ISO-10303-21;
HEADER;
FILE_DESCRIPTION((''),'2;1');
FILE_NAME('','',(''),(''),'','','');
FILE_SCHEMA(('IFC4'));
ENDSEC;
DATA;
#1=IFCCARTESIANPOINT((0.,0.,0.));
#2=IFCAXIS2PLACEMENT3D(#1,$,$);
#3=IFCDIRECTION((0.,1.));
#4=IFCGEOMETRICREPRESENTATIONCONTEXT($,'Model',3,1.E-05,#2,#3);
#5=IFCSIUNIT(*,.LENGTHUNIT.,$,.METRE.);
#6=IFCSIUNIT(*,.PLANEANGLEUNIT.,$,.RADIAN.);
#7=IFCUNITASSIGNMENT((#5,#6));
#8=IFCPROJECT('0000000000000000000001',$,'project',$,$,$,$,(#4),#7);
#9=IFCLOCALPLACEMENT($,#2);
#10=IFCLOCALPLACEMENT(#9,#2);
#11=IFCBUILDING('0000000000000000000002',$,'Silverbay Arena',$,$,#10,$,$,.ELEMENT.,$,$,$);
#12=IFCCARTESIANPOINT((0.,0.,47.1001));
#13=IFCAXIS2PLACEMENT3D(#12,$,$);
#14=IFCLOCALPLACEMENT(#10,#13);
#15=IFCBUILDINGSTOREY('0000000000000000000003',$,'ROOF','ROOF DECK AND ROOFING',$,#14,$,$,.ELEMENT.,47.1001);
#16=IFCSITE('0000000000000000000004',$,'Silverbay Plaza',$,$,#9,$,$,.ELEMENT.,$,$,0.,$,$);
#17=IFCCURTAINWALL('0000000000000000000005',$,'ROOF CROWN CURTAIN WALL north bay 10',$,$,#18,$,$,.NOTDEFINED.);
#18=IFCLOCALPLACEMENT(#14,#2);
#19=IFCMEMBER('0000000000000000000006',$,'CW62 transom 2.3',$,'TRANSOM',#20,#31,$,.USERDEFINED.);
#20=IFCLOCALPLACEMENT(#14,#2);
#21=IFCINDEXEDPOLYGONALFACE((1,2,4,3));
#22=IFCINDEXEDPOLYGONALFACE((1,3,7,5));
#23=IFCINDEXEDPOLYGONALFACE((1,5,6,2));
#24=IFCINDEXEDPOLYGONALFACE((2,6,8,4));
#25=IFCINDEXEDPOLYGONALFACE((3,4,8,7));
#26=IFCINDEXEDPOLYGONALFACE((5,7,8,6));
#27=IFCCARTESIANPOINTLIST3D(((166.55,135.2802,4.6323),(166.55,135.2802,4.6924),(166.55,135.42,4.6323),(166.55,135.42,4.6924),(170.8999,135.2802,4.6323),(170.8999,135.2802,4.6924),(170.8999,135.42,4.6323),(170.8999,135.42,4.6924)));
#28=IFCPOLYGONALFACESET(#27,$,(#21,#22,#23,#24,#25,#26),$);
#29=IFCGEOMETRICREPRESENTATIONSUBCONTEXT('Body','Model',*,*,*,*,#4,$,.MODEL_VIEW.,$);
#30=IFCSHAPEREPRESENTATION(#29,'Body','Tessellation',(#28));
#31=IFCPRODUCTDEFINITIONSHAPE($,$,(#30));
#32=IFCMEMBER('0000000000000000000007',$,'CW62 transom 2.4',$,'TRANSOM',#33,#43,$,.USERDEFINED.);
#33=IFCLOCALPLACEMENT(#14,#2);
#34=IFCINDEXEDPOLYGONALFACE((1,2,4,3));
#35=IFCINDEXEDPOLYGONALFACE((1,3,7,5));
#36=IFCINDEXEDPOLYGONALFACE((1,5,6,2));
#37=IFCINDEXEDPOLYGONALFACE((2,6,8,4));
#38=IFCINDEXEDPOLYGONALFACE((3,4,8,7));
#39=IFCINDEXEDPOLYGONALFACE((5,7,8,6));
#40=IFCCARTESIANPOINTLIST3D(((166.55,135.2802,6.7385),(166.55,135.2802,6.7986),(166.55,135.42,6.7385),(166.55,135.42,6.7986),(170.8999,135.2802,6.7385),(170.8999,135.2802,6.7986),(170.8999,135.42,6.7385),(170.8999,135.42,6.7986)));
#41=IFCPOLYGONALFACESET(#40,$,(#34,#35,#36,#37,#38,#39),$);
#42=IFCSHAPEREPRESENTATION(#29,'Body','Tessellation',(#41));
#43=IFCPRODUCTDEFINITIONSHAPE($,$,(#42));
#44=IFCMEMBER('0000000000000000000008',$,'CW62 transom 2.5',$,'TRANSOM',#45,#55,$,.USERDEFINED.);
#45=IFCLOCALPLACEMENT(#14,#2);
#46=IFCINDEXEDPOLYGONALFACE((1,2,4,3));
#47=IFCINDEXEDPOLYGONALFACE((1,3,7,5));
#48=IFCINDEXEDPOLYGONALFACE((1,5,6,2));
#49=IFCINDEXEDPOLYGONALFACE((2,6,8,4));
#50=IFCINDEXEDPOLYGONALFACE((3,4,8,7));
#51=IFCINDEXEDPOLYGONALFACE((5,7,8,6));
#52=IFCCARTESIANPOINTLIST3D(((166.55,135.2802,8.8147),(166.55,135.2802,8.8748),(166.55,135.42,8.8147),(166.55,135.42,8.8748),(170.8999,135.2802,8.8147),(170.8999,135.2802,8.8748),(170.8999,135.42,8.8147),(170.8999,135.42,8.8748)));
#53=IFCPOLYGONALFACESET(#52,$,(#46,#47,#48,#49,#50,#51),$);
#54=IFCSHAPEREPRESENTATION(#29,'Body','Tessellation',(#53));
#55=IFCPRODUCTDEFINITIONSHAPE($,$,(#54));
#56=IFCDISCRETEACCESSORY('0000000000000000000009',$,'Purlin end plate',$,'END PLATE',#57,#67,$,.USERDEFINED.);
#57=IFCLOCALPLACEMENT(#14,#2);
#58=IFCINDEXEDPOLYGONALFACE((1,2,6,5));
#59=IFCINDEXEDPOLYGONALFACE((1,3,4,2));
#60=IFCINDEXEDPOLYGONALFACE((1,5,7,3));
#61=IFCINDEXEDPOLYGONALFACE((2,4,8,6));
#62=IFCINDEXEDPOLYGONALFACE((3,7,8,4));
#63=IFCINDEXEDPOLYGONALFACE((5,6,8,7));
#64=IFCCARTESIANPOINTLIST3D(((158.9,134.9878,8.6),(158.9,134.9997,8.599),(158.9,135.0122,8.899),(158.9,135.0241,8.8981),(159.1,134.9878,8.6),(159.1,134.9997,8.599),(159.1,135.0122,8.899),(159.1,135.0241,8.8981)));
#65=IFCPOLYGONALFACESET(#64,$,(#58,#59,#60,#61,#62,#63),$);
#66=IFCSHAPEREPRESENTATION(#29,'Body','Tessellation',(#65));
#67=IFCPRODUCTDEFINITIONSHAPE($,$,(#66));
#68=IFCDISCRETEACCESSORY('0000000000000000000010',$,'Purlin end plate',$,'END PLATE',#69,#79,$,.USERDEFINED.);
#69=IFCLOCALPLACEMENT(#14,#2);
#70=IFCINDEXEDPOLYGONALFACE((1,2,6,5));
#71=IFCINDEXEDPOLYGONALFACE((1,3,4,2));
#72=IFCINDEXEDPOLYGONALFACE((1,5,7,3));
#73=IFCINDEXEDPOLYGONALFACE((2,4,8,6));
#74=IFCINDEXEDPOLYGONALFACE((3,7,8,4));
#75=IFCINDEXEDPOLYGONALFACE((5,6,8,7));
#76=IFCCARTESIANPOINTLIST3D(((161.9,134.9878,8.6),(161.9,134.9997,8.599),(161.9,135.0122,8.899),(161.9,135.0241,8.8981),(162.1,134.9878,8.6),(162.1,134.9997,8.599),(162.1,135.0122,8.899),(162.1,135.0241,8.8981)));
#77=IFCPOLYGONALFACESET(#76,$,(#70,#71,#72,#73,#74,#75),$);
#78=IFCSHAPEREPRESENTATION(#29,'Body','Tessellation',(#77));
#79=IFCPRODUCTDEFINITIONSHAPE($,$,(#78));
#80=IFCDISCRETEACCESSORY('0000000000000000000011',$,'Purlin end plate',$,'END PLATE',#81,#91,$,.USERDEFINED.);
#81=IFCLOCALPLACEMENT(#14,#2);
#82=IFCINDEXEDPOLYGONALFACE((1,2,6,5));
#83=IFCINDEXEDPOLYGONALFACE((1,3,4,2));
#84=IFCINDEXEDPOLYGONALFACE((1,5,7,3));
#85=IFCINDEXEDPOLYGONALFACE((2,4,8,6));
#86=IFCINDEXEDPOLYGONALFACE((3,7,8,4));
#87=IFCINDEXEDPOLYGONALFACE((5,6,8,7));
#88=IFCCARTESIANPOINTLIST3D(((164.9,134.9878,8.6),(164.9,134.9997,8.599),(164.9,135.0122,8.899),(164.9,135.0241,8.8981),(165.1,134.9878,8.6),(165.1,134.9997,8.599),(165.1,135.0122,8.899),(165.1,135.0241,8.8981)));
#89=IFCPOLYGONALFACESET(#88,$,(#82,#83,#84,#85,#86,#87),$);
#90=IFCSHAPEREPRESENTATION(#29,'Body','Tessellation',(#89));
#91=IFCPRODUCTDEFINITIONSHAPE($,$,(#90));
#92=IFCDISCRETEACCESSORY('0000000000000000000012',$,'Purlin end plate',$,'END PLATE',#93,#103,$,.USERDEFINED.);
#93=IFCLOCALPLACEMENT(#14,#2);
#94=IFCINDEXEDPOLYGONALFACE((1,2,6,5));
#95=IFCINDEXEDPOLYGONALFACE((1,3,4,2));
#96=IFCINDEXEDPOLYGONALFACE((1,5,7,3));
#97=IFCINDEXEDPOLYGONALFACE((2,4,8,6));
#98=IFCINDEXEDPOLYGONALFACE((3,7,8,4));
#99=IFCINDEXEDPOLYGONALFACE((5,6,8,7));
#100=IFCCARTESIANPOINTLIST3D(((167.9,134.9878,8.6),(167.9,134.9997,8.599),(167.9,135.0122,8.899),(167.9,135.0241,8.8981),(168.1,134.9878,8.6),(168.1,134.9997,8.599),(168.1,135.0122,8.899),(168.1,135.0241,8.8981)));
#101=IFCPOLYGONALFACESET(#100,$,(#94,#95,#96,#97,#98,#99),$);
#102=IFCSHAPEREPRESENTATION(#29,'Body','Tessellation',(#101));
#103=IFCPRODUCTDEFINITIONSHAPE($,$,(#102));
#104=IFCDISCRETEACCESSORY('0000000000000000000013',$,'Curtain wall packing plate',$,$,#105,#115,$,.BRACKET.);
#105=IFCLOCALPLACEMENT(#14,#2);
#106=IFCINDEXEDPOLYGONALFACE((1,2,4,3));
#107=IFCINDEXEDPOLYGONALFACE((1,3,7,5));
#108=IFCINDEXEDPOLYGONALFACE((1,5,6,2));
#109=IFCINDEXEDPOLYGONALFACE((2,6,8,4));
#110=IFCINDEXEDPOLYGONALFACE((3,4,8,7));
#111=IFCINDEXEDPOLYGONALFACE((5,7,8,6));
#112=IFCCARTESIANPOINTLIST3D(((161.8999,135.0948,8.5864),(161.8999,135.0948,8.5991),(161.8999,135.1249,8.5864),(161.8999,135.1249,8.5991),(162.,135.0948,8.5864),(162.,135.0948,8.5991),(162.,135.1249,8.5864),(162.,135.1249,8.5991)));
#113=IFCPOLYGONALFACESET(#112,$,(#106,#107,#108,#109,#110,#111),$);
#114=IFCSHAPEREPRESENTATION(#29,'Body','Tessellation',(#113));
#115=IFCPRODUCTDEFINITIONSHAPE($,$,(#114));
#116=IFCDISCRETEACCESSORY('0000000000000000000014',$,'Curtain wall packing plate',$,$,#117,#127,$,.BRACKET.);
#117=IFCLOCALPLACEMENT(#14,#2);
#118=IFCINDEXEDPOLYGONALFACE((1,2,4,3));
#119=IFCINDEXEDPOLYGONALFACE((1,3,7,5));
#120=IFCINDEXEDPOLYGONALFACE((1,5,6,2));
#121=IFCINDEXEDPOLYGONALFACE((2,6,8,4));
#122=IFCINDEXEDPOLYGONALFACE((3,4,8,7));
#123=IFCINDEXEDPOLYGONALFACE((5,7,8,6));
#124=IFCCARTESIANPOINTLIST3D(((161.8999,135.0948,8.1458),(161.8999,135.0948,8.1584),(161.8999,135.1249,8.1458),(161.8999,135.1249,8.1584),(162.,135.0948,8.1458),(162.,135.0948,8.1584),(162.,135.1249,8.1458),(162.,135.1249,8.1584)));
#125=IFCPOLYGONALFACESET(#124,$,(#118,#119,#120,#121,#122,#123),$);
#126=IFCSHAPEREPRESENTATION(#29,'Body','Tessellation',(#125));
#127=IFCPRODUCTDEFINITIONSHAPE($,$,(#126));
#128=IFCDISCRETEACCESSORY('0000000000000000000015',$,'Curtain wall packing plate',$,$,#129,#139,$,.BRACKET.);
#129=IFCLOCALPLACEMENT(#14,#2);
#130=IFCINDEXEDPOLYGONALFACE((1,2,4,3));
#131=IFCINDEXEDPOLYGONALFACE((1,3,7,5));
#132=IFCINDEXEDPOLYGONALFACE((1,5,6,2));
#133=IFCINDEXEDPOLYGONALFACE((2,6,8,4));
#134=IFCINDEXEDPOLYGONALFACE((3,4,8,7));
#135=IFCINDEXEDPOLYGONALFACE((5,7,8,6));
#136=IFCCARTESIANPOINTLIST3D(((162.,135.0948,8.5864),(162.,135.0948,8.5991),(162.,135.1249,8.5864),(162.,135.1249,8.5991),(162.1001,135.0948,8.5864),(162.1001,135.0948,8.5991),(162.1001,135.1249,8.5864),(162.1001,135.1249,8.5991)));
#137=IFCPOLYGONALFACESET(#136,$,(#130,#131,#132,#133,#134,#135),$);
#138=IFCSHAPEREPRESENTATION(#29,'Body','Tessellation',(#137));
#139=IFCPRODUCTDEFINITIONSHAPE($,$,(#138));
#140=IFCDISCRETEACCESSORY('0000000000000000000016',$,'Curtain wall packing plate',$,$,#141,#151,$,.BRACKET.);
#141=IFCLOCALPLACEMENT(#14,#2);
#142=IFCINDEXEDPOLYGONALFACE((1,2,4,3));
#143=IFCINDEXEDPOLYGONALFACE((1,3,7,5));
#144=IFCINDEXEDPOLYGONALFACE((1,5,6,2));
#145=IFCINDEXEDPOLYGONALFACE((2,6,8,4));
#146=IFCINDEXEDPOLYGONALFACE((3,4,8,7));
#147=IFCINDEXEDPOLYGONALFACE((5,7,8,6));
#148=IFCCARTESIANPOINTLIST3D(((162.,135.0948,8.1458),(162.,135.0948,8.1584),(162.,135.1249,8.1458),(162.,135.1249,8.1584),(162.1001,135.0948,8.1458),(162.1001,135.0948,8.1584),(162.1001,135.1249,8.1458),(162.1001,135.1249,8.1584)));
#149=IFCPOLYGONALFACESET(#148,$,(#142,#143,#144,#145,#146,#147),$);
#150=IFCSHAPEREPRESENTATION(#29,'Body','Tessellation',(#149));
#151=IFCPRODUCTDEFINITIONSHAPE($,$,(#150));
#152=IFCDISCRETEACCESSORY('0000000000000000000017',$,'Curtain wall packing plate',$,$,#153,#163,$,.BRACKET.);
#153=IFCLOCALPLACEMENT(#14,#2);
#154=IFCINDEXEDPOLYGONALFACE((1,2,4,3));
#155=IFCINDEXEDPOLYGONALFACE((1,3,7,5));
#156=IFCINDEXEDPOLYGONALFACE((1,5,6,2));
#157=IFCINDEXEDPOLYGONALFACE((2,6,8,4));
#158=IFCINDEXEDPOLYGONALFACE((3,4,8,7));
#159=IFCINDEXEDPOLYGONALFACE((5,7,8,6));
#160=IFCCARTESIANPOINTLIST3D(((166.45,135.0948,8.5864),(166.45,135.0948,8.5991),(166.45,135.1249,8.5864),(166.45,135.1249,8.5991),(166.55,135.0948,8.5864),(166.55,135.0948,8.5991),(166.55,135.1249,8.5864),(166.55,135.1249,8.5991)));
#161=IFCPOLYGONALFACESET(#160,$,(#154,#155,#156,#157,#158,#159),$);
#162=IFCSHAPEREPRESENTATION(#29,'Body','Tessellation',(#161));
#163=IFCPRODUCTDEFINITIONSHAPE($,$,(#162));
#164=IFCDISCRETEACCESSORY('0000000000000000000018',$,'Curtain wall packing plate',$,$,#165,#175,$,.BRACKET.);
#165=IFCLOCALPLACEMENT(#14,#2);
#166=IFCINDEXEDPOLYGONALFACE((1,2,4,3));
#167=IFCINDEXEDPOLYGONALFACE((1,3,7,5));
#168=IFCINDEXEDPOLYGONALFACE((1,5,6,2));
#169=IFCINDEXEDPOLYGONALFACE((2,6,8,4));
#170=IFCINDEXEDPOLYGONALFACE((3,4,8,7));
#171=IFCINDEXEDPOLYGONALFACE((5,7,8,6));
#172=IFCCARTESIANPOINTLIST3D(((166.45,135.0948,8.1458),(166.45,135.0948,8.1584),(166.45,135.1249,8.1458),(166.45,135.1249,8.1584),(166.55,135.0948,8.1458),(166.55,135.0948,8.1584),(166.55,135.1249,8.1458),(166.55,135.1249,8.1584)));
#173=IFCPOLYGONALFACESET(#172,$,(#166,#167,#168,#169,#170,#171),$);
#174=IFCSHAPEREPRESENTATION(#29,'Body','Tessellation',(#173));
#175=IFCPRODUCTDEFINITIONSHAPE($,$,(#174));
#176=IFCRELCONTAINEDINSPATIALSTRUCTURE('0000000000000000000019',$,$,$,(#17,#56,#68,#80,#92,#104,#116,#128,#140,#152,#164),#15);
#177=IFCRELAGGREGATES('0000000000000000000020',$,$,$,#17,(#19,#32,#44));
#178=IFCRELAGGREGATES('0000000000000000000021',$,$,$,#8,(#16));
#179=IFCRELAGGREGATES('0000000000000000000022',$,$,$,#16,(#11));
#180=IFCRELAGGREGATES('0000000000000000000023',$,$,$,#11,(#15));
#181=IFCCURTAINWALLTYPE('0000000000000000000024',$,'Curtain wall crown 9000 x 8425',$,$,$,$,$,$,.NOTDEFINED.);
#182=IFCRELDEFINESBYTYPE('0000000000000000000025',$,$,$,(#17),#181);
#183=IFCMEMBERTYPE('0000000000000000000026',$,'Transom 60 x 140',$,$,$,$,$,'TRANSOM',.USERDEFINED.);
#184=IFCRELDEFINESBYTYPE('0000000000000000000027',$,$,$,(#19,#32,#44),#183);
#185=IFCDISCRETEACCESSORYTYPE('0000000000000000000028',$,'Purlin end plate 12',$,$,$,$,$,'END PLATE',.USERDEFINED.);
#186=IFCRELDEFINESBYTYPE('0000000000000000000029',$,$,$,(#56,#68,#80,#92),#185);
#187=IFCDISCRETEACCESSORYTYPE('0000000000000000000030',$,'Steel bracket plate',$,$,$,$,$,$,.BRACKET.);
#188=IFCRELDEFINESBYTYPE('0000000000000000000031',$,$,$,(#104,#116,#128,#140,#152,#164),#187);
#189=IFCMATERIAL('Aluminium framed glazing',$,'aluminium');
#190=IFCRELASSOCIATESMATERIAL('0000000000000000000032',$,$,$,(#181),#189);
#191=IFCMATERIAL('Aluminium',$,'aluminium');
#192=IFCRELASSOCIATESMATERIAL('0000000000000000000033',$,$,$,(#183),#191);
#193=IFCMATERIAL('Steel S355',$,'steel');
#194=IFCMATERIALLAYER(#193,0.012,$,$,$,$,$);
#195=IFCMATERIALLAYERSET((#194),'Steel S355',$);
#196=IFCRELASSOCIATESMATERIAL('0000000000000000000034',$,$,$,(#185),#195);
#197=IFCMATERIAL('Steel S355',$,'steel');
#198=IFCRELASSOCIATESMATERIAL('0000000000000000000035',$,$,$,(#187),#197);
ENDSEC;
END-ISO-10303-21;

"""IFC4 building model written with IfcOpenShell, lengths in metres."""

from ifc_helpers import new_model, si_unit, direction, frame, origin, origin_2d, place, context, subcontext, project, spatial, rectangle, extrude, material, layer, layer_set, material_profile, profile_set, type_object, element, aggregate, save


model = new_model("IFC4")

# Units and contexts
model_context = context("Model", 3, precision=1e-05, world=origin(), true_north=direction((0.0, 1.0)))
body_context = subcontext(model_context, "Body", "Model", "MODEL_VIEW")
ifc_project = project(units=[si_unit("LENGTHUNIT", "METRE"), si_unit("PLANEANGLEUNIT", "RADIAN")], contexts=[model_context])

# Site, building, storey
site_placement = place(None, origin())
site = spatial("IfcSite", under=ifc_project, at=site_placement, Name="Silverbay Plaza", CompositionType="ELEMENT", RefElevation=0.0)
building_placement = place(site_placement, origin())
building = spatial("IfcBuilding", under=site, at=building_placement, Name="Silverbay Arena", CompositionType="ELEMENT")
storey_placement = place(building_placement, frame((0.0, 0.0, 47.1001)))
storey = spatial("IfcBuildingStorey", under=building, at=storey_placement, Name="ROOF", Description="ROOF DECK AND ROOFING", CompositionType="ELEMENT", Elevation=47.1001)

# Shared definitions
ifc_material_1 = material(Name="Aluminium framed glazing", Category="aluminium")
curtain_wall_type = type_object("IfcCurtainWallType", Name="Curtain wall crown 9000 x 8425", PredefinedType="NOTDEFINED", material=ifc_material_1)
placement = place(building_placement, frame((0.0, 0.0, 33.5)))

# Curtain wall
curtain_wall_1_placement = place(storey_placement, origin())
curtain_wall_1 = element("IfcCurtainWall", 1, at=curtain_wall_1_placement, inside=storey, type_object=curtain_wall_type, Name="ROOF CROWN CURTAIN WALL north bay 10", PredefinedType="NOTDEFINED")

# Members
ifc_material_2 = material(Name="Aluminium", Category="aluminium")
ifc_material_profile_1 = material_profile(ifc_material_2, rectangle(XDim=0.1399, YDim=0.0601, at=origin_2d()), Name="Transom 60 x 140")
ifc_profile_set_1 = profile_set([ifc_material_profile_1], Name="Aluminium")
member_type_1 = type_object("IfcMemberType", Name="Transom 60 x 140", ElementType="TRANSOM", PredefinedType="USERDEFINED", material=ifc_profile_set_1)
member_1_placement = place(placement, frame((166.55, 135.3501, 18.2625), z_axis=(1.0, 0.0, 0.0), x_axis=(0.0, 1.0, 0.0)))
member_1 = element("IfcMember", 2, at=member_1_placement, type_object=member_type_1, Name="CW62 transom 2.3", ObjectType="TRANSOM", PredefinedType="USERDEFINED", context=body_context, shape_type="SweptSolid", body=[
    extrude(rectangle(XDim=0.1399, YDim=0.0601, at=origin_2d()), origin(), (0.0, 0.0, 1.0), 4.3499),
])
member_2_placement = place(placement, frame((166.55, 135.3501, 20.3687), z_axis=(1.0, 0.0, 0.0), x_axis=(0.0, 1.0, 0.0)))
member_2 = element("IfcMember", 3, at=member_2_placement, type_object=member_type_1, Name="CW62 transom 2.4", ObjectType="TRANSOM", PredefinedType="USERDEFINED", context=body_context, shape_type="SweptSolid", body=[
    extrude(rectangle(XDim=0.1399, YDim=0.0601, at=origin_2d()), origin(), (0.0, 0.0, 1.0), 4.3499),
])
member_3_placement = place(placement, frame((166.55, 135.3501, 22.4448), z_axis=(1.0, 0.0, 0.0), x_axis=(0.0, 1.0, 0.0)))
member_3 = element("IfcMember", 4, at=member_3_placement, type_object=member_type_1, Name="CW62 transom 2.5", ObjectType="TRANSOM", PredefinedType="USERDEFINED", context=body_context, shape_type="SweptSolid", body=[
    extrude(rectangle(XDim=0.1399, YDim=0.0601, at=origin_2d()), origin(), (0.0, 0.0, 1.0), 4.3499),
])

aggregate(curtain_wall_1, [member_1, member_2, member_3])

# Discrete accessories
ifc_material_3 = material(Name="Steel S355", Category="steel")
ifc_layer_1 = layer(ifc_material_3, 0.012)
ifc_layer_set_1 = layer_set([ifc_layer_1], Name="Steel S355")
discrete_accessory_type_1 = type_object("IfcDiscreteAccessoryType", Name="Purlin end plate 12", ElementType="END PLATE", PredefinedType="USERDEFINED", material=ifc_layer_set_1)
for number, where, z_axis, x_axis, name in (
    (5, (159.0, 135.0, 8.7495), (0.0, 0.996685, -0.081362), (-1.0, 0.0, 0.0), "Purlin end plate"),
    (6, (162.0, 135.0, 8.7495), (0.0, 0.996685, -0.081362), (-1.0, 0.0, 0.0), "Purlin end plate"),
    (7, (165.0, 135.0, 8.7495), (0.0, 0.996685, -0.081362), (-1.0, 0.0, 0.0), "Purlin end plate"),
    (8, (168.0, 135.0, 8.7495), (0.0, 0.996685, -0.081362), (-1.0, 0.0, 0.0), "Purlin end plate"),
):
    element("IfcDiscreteAccessory", number, at=place(storey_placement, frame(where, z_axis=z_axis, x_axis=x_axis)), inside=storey, type_object=discrete_accessory_type_1, Name=name, ObjectType="END PLATE", PredefinedType="USERDEFINED", context=body_context, shape_type="SweptSolid", body=[
        extrude(rectangle(XDim=0.2, YDim=0.3, at=origin_2d()), origin(), (0.0, 0.0, 1.0), 0.012),
    ])
ifc_material_4 = material(Name="Steel S355", Category="steel")
discrete_accessory_type_2 = type_object("IfcDiscreteAccessoryType", Name="Steel bracket plate", PredefinedType="BRACKET", material=ifc_material_4)
for number, where, z_axis, x_axis, name in (
    (9, (161.95, 135.1099, 8.5864), (0.0, 0.0, 1.0), (1.0, 0.0, 0.0), "Curtain wall packing plate"),
    (10, (161.95, 135.1099, 8.1458), (0.0, 0.0, 1.0), (1.0, 0.0, 0.0), "Curtain wall packing plate"),
    (11, (162.05, 135.1099, 8.5864), (0.0, 0.0, 1.0), (1.0, 0.0, 0.0), "Curtain wall packing plate"),
    (12, (162.05, 135.1099, 8.1458), (0.0, 0.0, 1.0), (1.0, 0.0, 0.0), "Curtain wall packing plate"),
    (13, (166.5, 135.1099, 8.5864), (0.0, 0.0, 1.0), (1.0, 0.0, 0.0), "Curtain wall packing plate"),
    (14, (166.5, 135.1099, 8.1458), (0.0, 0.0, 1.0), (1.0, 0.0, 0.0), "Curtain wall packing plate"),
):
    element("IfcDiscreteAccessory", number, at=place(storey_placement, frame(where, z_axis=z_axis, x_axis=x_axis)), inside=storey, type_object=discrete_accessory_type_2, Name=name, PredefinedType="BRACKET", context=body_context, shape_type="SweptSolid", body=[
        extrude(rectangle(XDim=0.1001, YDim=0.03, at=origin_2d()), origin(), (0.0, 0.0, 1.0), 0.0127),
    ])

save(model, "model.ifc")
